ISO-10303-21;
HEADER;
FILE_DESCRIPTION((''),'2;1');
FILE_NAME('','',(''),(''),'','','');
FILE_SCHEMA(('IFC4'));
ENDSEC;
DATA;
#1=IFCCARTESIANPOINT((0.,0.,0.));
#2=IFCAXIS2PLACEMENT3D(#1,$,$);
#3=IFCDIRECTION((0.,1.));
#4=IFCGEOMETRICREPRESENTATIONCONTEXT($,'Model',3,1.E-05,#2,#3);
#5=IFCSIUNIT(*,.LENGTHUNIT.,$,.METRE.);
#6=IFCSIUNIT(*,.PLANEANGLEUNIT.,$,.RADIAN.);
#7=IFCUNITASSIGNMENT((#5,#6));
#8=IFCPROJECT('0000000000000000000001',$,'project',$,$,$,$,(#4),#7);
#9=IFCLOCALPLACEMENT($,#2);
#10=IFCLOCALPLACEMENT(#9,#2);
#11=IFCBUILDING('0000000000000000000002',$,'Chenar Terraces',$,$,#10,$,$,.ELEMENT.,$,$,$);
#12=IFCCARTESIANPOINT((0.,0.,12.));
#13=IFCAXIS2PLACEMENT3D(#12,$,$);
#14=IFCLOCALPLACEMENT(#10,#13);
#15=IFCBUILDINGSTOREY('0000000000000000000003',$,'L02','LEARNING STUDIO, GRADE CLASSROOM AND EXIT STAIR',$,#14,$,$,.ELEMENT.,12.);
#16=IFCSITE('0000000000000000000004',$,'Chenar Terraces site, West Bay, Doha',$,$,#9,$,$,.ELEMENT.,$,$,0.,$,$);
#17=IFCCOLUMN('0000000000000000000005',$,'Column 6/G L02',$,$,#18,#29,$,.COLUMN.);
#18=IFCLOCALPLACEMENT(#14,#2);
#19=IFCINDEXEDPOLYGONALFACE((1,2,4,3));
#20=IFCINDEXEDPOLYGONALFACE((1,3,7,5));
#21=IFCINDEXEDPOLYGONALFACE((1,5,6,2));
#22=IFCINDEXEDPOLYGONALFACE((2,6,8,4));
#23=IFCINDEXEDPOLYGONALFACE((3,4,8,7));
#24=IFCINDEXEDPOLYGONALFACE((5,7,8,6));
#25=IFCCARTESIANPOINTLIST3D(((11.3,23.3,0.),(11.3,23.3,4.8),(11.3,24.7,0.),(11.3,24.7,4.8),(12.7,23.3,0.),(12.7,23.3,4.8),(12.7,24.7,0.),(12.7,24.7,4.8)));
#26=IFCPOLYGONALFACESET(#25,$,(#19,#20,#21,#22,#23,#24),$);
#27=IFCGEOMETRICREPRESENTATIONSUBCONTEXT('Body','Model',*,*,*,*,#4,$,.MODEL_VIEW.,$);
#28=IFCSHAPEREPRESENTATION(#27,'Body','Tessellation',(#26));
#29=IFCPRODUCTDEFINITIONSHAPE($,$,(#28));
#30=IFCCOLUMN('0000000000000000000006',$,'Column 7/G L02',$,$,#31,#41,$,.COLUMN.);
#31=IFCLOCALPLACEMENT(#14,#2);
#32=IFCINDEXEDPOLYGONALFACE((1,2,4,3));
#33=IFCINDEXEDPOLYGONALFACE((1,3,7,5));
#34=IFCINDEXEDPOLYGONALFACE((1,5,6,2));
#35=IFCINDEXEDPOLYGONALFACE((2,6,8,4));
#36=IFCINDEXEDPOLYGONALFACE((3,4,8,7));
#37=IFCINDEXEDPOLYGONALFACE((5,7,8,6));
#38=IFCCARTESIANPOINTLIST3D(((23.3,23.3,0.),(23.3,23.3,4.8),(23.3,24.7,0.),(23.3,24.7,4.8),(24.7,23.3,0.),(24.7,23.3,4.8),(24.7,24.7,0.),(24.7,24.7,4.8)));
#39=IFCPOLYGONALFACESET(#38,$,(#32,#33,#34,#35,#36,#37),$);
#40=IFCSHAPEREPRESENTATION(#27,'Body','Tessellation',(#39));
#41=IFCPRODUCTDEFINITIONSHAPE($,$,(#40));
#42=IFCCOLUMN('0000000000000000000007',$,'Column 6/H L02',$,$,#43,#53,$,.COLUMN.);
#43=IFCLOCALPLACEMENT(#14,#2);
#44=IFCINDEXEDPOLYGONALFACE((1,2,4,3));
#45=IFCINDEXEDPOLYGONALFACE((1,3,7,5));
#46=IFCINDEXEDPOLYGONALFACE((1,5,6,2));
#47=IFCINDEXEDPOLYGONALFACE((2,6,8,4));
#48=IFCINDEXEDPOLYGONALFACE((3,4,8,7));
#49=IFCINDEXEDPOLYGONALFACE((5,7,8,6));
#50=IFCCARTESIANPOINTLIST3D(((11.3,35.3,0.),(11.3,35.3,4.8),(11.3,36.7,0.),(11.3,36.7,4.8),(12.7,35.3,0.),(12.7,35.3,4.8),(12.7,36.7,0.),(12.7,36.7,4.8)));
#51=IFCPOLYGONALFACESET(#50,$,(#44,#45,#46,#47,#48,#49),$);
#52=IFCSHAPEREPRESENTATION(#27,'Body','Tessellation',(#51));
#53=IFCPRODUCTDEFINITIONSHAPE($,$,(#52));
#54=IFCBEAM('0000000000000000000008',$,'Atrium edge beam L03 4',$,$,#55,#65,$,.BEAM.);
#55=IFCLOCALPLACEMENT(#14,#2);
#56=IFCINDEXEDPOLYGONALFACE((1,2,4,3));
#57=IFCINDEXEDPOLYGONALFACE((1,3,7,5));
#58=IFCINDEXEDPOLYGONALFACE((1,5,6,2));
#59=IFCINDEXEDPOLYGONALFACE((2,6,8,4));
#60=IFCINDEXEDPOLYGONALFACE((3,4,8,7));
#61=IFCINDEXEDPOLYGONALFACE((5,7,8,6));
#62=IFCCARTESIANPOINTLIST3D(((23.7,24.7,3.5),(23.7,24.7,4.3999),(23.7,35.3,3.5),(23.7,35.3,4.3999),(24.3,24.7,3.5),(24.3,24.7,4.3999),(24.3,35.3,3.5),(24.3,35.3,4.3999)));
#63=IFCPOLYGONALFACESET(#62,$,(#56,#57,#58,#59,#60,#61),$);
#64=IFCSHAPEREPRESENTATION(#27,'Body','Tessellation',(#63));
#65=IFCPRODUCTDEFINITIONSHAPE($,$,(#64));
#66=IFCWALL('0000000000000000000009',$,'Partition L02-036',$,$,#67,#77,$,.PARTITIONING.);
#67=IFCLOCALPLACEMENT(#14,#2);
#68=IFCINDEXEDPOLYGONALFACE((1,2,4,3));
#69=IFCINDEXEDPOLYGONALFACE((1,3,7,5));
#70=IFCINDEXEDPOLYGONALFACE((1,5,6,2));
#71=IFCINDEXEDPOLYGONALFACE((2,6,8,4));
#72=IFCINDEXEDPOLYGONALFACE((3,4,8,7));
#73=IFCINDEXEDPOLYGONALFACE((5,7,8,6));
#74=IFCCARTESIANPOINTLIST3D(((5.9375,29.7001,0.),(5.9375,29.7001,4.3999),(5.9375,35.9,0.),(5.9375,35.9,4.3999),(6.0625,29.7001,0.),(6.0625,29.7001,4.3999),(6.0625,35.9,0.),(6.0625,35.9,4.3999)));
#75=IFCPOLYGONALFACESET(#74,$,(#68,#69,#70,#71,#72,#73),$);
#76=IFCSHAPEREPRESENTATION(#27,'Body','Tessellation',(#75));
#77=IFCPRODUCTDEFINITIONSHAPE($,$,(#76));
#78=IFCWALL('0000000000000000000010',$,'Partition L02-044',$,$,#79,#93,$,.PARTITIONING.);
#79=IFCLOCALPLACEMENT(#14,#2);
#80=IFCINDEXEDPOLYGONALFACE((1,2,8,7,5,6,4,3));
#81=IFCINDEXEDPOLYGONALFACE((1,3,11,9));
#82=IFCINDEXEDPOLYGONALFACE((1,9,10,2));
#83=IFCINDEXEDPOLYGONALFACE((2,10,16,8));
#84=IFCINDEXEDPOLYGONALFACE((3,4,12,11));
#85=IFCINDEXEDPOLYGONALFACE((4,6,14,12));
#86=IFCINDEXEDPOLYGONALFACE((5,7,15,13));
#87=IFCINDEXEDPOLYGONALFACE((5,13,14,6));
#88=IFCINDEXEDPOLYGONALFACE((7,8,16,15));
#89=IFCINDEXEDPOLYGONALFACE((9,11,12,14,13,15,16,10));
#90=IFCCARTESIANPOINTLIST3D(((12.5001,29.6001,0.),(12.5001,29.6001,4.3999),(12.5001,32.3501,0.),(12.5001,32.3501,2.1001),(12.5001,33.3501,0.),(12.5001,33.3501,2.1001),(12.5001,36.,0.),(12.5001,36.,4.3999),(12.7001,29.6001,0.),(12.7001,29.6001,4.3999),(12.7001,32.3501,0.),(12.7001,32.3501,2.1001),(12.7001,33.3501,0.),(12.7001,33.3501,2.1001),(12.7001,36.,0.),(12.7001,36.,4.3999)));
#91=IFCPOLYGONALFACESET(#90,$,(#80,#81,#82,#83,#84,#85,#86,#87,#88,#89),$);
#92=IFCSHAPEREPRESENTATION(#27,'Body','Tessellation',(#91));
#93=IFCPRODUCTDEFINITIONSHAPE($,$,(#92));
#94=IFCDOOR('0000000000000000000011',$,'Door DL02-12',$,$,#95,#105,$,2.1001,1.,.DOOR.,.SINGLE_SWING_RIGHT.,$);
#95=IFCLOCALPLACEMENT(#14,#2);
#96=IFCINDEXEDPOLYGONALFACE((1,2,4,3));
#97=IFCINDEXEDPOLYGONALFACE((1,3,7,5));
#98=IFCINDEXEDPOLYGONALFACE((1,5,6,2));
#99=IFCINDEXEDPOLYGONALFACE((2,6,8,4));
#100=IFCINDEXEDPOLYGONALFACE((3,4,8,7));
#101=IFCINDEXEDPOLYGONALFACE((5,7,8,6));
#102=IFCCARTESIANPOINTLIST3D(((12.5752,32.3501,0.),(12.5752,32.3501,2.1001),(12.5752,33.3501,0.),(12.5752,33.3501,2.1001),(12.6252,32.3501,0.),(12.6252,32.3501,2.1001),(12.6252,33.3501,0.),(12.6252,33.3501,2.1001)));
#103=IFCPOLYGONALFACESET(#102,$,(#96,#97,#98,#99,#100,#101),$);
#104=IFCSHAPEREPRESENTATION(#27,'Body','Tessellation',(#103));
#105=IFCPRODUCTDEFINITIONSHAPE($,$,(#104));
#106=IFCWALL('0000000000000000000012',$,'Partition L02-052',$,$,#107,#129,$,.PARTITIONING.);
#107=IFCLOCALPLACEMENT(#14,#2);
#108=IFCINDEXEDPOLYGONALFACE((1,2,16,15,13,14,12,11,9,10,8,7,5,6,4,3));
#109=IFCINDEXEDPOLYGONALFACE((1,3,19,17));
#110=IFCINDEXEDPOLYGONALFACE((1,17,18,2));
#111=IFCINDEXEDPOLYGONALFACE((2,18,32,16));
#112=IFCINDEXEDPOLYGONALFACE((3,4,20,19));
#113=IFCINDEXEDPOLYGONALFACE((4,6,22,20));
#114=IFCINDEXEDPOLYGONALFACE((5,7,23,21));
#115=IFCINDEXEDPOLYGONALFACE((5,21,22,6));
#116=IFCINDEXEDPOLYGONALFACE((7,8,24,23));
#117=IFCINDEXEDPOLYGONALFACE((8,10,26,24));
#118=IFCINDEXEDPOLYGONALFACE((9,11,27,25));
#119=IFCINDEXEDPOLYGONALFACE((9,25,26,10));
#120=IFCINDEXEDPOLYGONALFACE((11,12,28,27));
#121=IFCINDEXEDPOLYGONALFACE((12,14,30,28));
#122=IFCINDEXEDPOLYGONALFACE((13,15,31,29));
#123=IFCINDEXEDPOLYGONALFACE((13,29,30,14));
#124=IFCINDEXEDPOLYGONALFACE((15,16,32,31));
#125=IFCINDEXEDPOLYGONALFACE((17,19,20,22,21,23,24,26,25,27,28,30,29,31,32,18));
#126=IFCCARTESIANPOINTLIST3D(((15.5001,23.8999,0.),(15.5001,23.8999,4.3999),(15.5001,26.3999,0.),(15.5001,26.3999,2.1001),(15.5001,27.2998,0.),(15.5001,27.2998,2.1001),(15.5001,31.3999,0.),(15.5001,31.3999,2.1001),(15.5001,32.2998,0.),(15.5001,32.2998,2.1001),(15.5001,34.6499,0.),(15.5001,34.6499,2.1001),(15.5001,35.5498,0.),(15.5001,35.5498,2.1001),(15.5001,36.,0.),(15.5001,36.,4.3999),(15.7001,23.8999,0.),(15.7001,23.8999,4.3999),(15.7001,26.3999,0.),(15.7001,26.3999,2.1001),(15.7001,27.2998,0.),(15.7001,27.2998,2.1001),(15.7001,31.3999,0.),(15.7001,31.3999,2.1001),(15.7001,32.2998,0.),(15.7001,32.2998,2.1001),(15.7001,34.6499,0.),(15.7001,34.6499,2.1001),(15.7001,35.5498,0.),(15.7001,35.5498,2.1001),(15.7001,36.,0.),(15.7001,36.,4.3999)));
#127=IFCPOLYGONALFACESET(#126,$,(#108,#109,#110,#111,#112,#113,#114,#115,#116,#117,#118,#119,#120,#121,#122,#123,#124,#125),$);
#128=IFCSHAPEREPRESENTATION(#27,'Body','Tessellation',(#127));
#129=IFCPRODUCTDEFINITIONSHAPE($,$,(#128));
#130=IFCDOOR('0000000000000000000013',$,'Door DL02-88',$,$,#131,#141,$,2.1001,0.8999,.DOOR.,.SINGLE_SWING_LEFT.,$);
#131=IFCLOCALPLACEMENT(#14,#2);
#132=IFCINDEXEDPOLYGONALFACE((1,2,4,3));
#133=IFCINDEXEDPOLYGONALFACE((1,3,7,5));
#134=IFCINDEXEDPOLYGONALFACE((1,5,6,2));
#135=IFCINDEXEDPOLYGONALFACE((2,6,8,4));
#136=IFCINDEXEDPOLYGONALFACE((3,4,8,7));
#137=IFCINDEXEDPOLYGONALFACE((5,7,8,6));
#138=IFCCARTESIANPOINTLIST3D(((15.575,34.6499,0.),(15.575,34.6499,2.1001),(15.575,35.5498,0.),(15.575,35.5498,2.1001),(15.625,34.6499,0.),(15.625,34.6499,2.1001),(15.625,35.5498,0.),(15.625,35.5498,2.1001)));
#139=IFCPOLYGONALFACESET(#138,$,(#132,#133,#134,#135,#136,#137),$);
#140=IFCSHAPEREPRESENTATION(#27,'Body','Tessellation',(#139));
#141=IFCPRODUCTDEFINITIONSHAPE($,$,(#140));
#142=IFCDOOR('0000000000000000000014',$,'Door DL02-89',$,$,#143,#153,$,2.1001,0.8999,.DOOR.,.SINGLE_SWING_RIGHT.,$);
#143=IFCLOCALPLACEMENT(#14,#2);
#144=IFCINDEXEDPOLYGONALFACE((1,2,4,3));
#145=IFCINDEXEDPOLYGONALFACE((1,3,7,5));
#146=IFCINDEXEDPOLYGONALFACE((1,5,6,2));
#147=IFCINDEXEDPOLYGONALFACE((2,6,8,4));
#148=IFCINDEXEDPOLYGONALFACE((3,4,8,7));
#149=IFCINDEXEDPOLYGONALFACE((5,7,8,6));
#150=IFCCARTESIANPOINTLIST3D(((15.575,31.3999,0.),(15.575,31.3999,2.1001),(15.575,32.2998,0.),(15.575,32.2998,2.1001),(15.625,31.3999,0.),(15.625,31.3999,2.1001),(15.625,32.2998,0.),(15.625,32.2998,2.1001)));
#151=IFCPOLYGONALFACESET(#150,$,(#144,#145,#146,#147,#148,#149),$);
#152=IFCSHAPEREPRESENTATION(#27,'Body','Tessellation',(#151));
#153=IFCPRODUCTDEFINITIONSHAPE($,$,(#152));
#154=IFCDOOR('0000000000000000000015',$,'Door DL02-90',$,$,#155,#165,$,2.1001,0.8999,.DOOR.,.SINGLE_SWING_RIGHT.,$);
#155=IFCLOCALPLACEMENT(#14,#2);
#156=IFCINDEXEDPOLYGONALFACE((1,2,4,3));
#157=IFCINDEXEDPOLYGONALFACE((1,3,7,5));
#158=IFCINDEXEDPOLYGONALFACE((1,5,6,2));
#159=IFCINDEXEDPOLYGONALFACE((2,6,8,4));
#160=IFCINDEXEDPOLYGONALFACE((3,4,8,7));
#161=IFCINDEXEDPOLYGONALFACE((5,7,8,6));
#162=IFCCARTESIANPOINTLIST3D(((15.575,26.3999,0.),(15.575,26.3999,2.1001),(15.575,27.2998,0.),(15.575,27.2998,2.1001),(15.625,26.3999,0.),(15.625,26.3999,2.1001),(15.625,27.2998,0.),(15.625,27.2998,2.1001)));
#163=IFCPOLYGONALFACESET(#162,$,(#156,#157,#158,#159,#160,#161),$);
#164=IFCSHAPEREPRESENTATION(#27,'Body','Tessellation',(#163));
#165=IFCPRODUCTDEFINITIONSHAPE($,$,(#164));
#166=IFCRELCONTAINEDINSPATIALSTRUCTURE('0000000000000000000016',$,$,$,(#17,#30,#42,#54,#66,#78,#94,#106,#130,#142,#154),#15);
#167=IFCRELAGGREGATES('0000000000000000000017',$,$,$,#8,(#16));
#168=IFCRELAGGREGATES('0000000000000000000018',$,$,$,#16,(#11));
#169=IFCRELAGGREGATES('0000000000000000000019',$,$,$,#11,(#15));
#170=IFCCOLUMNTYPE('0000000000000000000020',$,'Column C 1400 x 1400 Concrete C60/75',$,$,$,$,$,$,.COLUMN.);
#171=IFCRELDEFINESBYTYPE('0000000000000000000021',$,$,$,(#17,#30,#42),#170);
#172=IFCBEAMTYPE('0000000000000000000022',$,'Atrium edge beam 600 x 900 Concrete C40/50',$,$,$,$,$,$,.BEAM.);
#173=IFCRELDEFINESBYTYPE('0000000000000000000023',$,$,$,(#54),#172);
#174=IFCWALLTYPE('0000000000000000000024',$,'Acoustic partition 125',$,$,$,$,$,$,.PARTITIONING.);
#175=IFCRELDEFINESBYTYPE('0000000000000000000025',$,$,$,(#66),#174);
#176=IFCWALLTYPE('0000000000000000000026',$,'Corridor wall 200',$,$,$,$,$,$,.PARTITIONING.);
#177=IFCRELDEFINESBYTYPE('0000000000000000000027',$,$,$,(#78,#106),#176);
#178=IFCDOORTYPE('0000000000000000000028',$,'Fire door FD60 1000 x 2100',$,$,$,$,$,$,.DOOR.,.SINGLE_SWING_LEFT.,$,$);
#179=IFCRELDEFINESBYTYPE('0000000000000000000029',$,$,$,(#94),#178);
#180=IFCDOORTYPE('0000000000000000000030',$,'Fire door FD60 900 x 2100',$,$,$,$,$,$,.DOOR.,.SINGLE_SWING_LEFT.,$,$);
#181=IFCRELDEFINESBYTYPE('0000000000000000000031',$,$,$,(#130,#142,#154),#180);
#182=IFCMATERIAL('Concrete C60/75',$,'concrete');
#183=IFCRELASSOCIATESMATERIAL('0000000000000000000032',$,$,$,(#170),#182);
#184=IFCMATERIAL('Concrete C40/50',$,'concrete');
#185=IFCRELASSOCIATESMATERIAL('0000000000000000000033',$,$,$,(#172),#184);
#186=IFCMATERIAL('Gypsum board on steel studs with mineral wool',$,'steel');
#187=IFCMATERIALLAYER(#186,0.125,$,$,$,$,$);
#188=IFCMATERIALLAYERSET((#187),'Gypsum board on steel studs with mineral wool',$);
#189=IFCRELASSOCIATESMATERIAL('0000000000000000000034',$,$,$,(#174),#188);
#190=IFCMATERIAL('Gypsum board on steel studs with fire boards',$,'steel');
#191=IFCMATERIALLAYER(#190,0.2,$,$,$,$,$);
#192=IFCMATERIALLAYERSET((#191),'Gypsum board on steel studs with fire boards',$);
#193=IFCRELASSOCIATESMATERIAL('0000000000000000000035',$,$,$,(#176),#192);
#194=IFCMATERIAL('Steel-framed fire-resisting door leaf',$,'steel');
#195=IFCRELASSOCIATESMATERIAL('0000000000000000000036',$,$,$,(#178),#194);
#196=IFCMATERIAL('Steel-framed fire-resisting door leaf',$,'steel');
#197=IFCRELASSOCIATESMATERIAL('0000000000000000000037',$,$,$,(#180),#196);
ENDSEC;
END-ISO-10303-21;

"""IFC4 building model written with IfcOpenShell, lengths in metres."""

from ifc_helpers import new_model, si_unit, direction, frame, frame_2d, origin, origin_2d, place, context, subcontext, project, spatial, rectangle, extrude, material, layer, layer_set, material_profile, profile_set, type_object, element, fill, save


model = new_model("IFC4")

# Units and contexts
model_context = context("Model", 3, precision=1e-05, world=origin(), true_north=direction((0.0, 1.0)))
body_context = subcontext(model_context, "Body", "Model", "MODEL_VIEW")
ifc_project = project(units=[si_unit("LENGTHUNIT", "METRE"), si_unit("PLANEANGLEUNIT", "RADIAN")], contexts=[model_context])

# Site, building, storey
site_placement = place(None, origin())
site = spatial("IfcSite", under=ifc_project, at=site_placement, Name="Chenar Terraces site, West Bay, Doha", CompositionType="ELEMENT", RefElevation=0.0)
building_placement = place(site_placement, origin())
building = spatial("IfcBuilding", under=site, at=building_placement, Name="Chenar Terraces", CompositionType="ELEMENT")
storey_placement = place(building_placement, frame((0.0, 0.0, 12.0)))
storey = spatial("IfcBuildingStorey", under=building, at=storey_placement, Name="L02", Description="LEARNING STUDIO, GRADE CLASSROOM AND EXIT STAIR", CompositionType="ELEMENT", Elevation=12.0)

# Columns
ifc_material_1 = material(Name="Concrete C60/75", Category="concrete")
ifc_material_profile_1 = material_profile(ifc_material_1, rectangle(XDim=1.3999, YDim=1.3999, at=origin_2d()), Name="C 1400 x 1400")
ifc_profile_set_1 = profile_set([ifc_material_profile_1], Name="Concrete C60/75")
column_type = type_object("IfcColumnType", Name="Column C 1400 x 1400 Concrete C60/75", PredefinedType="COLUMN", material=ifc_profile_set_1)
for number, where, z_axis, x_axis, name in (
    (1, (12.0, 24.0, 0.0), (0.0, 0.0, 1.0), (1.0, 0.0, 0.0), "Column 6/G L02"),
    (2, (24.0, 24.0, 0.0), (0.0, 0.0, 1.0), (1.0, 0.0, 0.0), "Column 7/G L02"),
    (3, (12.0, 36.0, 0.0), (0.0, 0.0, 1.0), (1.0, 0.0, 0.0), "Column 6/H L02"),
):
    element("IfcColumn", number, at=place(storey_placement, frame(where, z_axis=z_axis, x_axis=x_axis)), inside=storey, type_object=column_type, Name=name, PredefinedType="COLUMN", context=body_context, shape_type="SweptSolid", body=[
        extrude(rectangle(XDim=1.3999, YDim=1.3999, at=origin_2d()), origin(), (0.0, 0.0, 1.0), 4.8),
    ])

# Beam
ifc_material_2 = material(Name="Concrete C40/50", Category="concrete")
ifc_material_profile_2 = material_profile(ifc_material_2, rectangle(XDim=0.6001, YDim=0.8999, at=origin_2d()), Name="RC 600 x 900")
ifc_profile_set_2 = profile_set([ifc_material_profile_2], Name="Concrete C40/50")
beam_type = type_object("IfcBeamType", Name="Atrium edge beam 600 x 900 Concrete C40/50", PredefinedType="BEAM", material=ifc_profile_set_2)
beam_placement = place(storey_placement, frame((24.0, 35.3, 3.95), z_axis=(0.0, -1.0, 0.0), x_axis=(1.0, 0.0, 0.0)))
element("IfcBeam", 4, at=beam_placement, inside=storey, type_object=beam_type, Name="Atrium edge beam L03 4", PredefinedType="BEAM", context=body_context, shape_type="SweptSolid", body=[
    extrude(rectangle(XDim=0.6001, YDim=0.8999, at=origin_2d()), origin(), (0.0, 0.0, 1.0), 10.6001),
])

# Wall
ifc_material_3 = material(Name="Gypsum board on steel studs with mineral wool", Category="steel")
ifc_layer_1 = layer(ifc_material_3, 0.125)
ifc_layer_set_1 = layer_set([ifc_layer_1], Name="Gypsum board on steel studs with mineral wool")
wall_type_1 = type_object("IfcWallType", Name="Acoustic partition 125", PredefinedType="PARTITIONING", material=ifc_layer_set_1)
wall_1_placement = place(storey_placement, frame((6.0, 29.7, 0.0), z_axis=(0.0, 0.0, 1.0), x_axis=(0.0, 1.0, 0.0)))
element("IfcWall", 5, at=wall_1_placement, inside=storey, type_object=wall_type_1, Name="Partition L02-036", PredefinedType="PARTITIONING", context=body_context, shape_type="SweptSolid", body=[
    extrude(rectangle(XDim=6.2, YDim=0.125, at=frame_2d((3.1001, 0.0))), origin(), (0.0, 0.0, 1.0), 4.3999),
])

# Wall, opening, door
ifc_material_4 = material(Name="Gypsum board on steel studs with fire boards", Category="steel")
ifc_layer_2 = layer(ifc_material_4, 0.2)
ifc_layer_set_2 = layer_set([ifc_layer_2], Name="Gypsum board on steel studs with fire boards")
wall_type_2 = type_object("IfcWallType", Name="Corridor wall 200", PredefinedType="PARTITIONING", material=ifc_layer_set_2)
wall_2_placement = place(storey_placement, frame((12.6001, 29.6001, 0.0), z_axis=(0.0, 0.0, 1.0), x_axis=(0.0, 1.0, 0.0)))
wall_2 = element("IfcWall", 6, at=wall_2_placement, inside=storey, type_object=wall_type_2, Name="Partition L02-044", PredefinedType="PARTITIONING", context=body_context, shape_type="SweptSolid", body=[
    extrude(rectangle(XDim=6.3999, YDim=0.2, at=frame_2d((3.2, 0.0))), origin(), (0.0, 0.0, 1.0), 4.3999),
])
opening_1_placement = place(wall_2_placement, frame((2.75, 0.0, 0.0)))
opening_1 = element("IfcOpeningElement", 7, at=opening_1_placement, cuts=wall_2, PredefinedType="OPENING", context=body_context, shape_type="SweptSolid", body=[
    extrude(rectangle(XDim=1.0, YDim=2.1001, at=frame_2d((0.5, 1.05))), frame((0.0, 0.1099, 0.0), z_axis=(0.0, -1.0, 0.0), x_axis=(1.0, 0.0, 0.0)), (0.0, 0.0, 1.0), 0.22),
])
ifc_material_5 = material(Name="Steel-framed fire-resisting door leaf", Category="steel")
door_type_1 = type_object("IfcDoorType", Name="Fire door FD60 1000 x 2100", OperationType="SINGLE_SWING_LEFT", PredefinedType="DOOR", material=ifc_material_5)
door_1_placement = place(opening_1_placement, origin())
door_1 = element("IfcDoor", 8, at=door_1_placement, inside=storey, type_object=door_type_1, Name="Door DL02-12", OperationType="SINGLE_SWING_RIGHT", OverallHeight=2.1001, OverallWidth=1.0, PredefinedType="DOOR", context=body_context, shape_type="SweptSolid", body=[
    extrude(rectangle(XDim=1.0, YDim=2.1001, at=frame_2d((0.5, 1.05))), frame((0.0, 0.0249, 0.0), z_axis=(0.0, -1.0, 0.0), x_axis=(1.0, 0.0, 0.0)), (0.0, 0.0, 1.0), 0.05),
])
fill(opening_1, door_1)

# Wall, openings, doors
wall_3_placement = place(storey_placement, frame((15.6001, 23.8999, 0.0), z_axis=(0.0, 0.0, 1.0), x_axis=(0.0, 1.0, 0.0)))
wall_3 = element("IfcWall", 9, at=wall_3_placement, inside=storey, type_object=wall_type_2, Name="Partition L02-052", PredefinedType="PARTITIONING", context=body_context, shape_type="SweptSolid", body=[
    extrude(rectangle(XDim=12.1001, YDim=0.2, at=frame_2d((6.05, 0.0))), origin(), (0.0, 0.0, 1.0), 4.3999),
])
opening_2_placement = place(wall_3_placement, frame((10.75, 0.0, 0.0)))
opening_2 = element("IfcOpeningElement", 10, at=opening_2_placement, cuts=wall_3, PredefinedType="OPENING", context=body_context, shape_type="SweptSolid", body=[
    extrude(rectangle(XDim=0.8999, YDim=2.1001, at=frame_2d((0.45, 1.05))), frame((0.0, 0.1099, 0.0), z_axis=(0.0, -1.0, 0.0), x_axis=(1.0, 0.0, 0.0)), (0.0, 0.0, 1.0), 0.22),
])
opening_3_placement = place(wall_3_placement, frame((7.5, 0.0, 0.0)))
opening_3 = element("IfcOpeningElement", 11, at=opening_3_placement, cuts=wall_3, PredefinedType="OPENING", context=body_context, shape_type="SweptSolid", body=[
    extrude(rectangle(XDim=0.8999, YDim=2.1001, at=frame_2d((0.45, 1.05))), frame((0.0, 0.1099, 0.0), z_axis=(0.0, -1.0, 0.0), x_axis=(1.0, 0.0, 0.0)), (0.0, 0.0, 1.0), 0.22),
])
opening_4_placement = place(wall_3_placement, frame((2.5, 0.0, 0.0)))
opening_4 = element("IfcOpeningElement", 12, at=opening_4_placement, cuts=wall_3, PredefinedType="OPENING", context=body_context, shape_type="SweptSolid", body=[
    extrude(rectangle(XDim=0.8999, YDim=2.1001, at=frame_2d((0.45, 1.05))), frame((0.0, 0.1099, 0.0), z_axis=(0.0, -1.0, 0.0), x_axis=(1.0, 0.0, 0.0)), (0.0, 0.0, 1.0), 0.22),
])
ifc_material_6 = material(Name="Steel-framed fire-resisting door leaf", Category="steel")
door_type_2 = type_object("IfcDoorType", Name="Fire door FD60 900 x 2100", OperationType="SINGLE_SWING_LEFT", PredefinedType="DOOR", material=ifc_material_6)
door_2_placement = place(opening_2_placement, frame((0.8999, 0.0, 0.0), z_axis=(0.0, 0.0, 1.0), x_axis=(-1.0, 0.0, 0.0)))
door_2 = element("IfcDoor", 13, at=door_2_placement, inside=storey, type_object=door_type_2, Name="Door DL02-88", OperationType="SINGLE_SWING_LEFT", OverallHeight=2.1001, OverallWidth=0.8999, PredefinedType="DOOR", context=body_context, shape_type="SweptSolid", body=[
    extrude(rectangle(XDim=0.8999, YDim=2.1001, at=frame_2d((0.45, 1.05))), frame((0.0, 0.0249, 0.0), z_axis=(0.0, -1.0, 0.0), x_axis=(1.0, 0.0, 0.0)), (0.0, 0.0, 1.0), 0.05),
])
fill(opening_2, door_2)
door_3_placement = place(opening_3_placement, frame((0.8999, 0.0, 0.0), z_axis=(0.0, 0.0, 1.0), x_axis=(-1.0, 0.0, 0.0)))
door_3 = element("IfcDoor", 14, at=door_3_placement, inside=storey, type_object=door_type_2, Name="Door DL02-89", OperationType="SINGLE_SWING_RIGHT", OverallHeight=2.1001, OverallWidth=0.8999, PredefinedType="DOOR", context=body_context, shape_type="SweptSolid", body=[
    extrude(rectangle(XDim=0.8999, YDim=2.1001, at=frame_2d((0.45, 1.05))), frame((0.0, 0.0249, 0.0), z_axis=(0.0, -1.0, 0.0), x_axis=(1.0, 0.0, 0.0)), (0.0, 0.0, 1.0), 0.05),
])
fill(opening_3, door_3)
door_4_placement = place(opening_4_placement, frame((0.8999, 0.0, 0.0), z_axis=(0.0, 0.0, 1.0), x_axis=(-1.0, 0.0, 0.0)))
door_4 = element("IfcDoor", 15, at=door_4_placement, inside=storey, type_object=door_type_2, Name="Door DL02-90", OperationType="SINGLE_SWING_RIGHT", OverallHeight=2.1001, OverallWidth=0.8999, PredefinedType="DOOR", context=body_context, shape_type="SweptSolid", body=[
    extrude(rectangle(XDim=0.8999, YDim=2.1001, at=frame_2d((0.45, 1.05))), frame((0.0, 0.0249, 0.0), z_axis=(0.0, -1.0, 0.0), x_axis=(1.0, 0.0, 0.0)), (0.0, 0.0, 1.0), 0.05),
])
fill(opening_4, door_4)

save(model, "model.ifc")
